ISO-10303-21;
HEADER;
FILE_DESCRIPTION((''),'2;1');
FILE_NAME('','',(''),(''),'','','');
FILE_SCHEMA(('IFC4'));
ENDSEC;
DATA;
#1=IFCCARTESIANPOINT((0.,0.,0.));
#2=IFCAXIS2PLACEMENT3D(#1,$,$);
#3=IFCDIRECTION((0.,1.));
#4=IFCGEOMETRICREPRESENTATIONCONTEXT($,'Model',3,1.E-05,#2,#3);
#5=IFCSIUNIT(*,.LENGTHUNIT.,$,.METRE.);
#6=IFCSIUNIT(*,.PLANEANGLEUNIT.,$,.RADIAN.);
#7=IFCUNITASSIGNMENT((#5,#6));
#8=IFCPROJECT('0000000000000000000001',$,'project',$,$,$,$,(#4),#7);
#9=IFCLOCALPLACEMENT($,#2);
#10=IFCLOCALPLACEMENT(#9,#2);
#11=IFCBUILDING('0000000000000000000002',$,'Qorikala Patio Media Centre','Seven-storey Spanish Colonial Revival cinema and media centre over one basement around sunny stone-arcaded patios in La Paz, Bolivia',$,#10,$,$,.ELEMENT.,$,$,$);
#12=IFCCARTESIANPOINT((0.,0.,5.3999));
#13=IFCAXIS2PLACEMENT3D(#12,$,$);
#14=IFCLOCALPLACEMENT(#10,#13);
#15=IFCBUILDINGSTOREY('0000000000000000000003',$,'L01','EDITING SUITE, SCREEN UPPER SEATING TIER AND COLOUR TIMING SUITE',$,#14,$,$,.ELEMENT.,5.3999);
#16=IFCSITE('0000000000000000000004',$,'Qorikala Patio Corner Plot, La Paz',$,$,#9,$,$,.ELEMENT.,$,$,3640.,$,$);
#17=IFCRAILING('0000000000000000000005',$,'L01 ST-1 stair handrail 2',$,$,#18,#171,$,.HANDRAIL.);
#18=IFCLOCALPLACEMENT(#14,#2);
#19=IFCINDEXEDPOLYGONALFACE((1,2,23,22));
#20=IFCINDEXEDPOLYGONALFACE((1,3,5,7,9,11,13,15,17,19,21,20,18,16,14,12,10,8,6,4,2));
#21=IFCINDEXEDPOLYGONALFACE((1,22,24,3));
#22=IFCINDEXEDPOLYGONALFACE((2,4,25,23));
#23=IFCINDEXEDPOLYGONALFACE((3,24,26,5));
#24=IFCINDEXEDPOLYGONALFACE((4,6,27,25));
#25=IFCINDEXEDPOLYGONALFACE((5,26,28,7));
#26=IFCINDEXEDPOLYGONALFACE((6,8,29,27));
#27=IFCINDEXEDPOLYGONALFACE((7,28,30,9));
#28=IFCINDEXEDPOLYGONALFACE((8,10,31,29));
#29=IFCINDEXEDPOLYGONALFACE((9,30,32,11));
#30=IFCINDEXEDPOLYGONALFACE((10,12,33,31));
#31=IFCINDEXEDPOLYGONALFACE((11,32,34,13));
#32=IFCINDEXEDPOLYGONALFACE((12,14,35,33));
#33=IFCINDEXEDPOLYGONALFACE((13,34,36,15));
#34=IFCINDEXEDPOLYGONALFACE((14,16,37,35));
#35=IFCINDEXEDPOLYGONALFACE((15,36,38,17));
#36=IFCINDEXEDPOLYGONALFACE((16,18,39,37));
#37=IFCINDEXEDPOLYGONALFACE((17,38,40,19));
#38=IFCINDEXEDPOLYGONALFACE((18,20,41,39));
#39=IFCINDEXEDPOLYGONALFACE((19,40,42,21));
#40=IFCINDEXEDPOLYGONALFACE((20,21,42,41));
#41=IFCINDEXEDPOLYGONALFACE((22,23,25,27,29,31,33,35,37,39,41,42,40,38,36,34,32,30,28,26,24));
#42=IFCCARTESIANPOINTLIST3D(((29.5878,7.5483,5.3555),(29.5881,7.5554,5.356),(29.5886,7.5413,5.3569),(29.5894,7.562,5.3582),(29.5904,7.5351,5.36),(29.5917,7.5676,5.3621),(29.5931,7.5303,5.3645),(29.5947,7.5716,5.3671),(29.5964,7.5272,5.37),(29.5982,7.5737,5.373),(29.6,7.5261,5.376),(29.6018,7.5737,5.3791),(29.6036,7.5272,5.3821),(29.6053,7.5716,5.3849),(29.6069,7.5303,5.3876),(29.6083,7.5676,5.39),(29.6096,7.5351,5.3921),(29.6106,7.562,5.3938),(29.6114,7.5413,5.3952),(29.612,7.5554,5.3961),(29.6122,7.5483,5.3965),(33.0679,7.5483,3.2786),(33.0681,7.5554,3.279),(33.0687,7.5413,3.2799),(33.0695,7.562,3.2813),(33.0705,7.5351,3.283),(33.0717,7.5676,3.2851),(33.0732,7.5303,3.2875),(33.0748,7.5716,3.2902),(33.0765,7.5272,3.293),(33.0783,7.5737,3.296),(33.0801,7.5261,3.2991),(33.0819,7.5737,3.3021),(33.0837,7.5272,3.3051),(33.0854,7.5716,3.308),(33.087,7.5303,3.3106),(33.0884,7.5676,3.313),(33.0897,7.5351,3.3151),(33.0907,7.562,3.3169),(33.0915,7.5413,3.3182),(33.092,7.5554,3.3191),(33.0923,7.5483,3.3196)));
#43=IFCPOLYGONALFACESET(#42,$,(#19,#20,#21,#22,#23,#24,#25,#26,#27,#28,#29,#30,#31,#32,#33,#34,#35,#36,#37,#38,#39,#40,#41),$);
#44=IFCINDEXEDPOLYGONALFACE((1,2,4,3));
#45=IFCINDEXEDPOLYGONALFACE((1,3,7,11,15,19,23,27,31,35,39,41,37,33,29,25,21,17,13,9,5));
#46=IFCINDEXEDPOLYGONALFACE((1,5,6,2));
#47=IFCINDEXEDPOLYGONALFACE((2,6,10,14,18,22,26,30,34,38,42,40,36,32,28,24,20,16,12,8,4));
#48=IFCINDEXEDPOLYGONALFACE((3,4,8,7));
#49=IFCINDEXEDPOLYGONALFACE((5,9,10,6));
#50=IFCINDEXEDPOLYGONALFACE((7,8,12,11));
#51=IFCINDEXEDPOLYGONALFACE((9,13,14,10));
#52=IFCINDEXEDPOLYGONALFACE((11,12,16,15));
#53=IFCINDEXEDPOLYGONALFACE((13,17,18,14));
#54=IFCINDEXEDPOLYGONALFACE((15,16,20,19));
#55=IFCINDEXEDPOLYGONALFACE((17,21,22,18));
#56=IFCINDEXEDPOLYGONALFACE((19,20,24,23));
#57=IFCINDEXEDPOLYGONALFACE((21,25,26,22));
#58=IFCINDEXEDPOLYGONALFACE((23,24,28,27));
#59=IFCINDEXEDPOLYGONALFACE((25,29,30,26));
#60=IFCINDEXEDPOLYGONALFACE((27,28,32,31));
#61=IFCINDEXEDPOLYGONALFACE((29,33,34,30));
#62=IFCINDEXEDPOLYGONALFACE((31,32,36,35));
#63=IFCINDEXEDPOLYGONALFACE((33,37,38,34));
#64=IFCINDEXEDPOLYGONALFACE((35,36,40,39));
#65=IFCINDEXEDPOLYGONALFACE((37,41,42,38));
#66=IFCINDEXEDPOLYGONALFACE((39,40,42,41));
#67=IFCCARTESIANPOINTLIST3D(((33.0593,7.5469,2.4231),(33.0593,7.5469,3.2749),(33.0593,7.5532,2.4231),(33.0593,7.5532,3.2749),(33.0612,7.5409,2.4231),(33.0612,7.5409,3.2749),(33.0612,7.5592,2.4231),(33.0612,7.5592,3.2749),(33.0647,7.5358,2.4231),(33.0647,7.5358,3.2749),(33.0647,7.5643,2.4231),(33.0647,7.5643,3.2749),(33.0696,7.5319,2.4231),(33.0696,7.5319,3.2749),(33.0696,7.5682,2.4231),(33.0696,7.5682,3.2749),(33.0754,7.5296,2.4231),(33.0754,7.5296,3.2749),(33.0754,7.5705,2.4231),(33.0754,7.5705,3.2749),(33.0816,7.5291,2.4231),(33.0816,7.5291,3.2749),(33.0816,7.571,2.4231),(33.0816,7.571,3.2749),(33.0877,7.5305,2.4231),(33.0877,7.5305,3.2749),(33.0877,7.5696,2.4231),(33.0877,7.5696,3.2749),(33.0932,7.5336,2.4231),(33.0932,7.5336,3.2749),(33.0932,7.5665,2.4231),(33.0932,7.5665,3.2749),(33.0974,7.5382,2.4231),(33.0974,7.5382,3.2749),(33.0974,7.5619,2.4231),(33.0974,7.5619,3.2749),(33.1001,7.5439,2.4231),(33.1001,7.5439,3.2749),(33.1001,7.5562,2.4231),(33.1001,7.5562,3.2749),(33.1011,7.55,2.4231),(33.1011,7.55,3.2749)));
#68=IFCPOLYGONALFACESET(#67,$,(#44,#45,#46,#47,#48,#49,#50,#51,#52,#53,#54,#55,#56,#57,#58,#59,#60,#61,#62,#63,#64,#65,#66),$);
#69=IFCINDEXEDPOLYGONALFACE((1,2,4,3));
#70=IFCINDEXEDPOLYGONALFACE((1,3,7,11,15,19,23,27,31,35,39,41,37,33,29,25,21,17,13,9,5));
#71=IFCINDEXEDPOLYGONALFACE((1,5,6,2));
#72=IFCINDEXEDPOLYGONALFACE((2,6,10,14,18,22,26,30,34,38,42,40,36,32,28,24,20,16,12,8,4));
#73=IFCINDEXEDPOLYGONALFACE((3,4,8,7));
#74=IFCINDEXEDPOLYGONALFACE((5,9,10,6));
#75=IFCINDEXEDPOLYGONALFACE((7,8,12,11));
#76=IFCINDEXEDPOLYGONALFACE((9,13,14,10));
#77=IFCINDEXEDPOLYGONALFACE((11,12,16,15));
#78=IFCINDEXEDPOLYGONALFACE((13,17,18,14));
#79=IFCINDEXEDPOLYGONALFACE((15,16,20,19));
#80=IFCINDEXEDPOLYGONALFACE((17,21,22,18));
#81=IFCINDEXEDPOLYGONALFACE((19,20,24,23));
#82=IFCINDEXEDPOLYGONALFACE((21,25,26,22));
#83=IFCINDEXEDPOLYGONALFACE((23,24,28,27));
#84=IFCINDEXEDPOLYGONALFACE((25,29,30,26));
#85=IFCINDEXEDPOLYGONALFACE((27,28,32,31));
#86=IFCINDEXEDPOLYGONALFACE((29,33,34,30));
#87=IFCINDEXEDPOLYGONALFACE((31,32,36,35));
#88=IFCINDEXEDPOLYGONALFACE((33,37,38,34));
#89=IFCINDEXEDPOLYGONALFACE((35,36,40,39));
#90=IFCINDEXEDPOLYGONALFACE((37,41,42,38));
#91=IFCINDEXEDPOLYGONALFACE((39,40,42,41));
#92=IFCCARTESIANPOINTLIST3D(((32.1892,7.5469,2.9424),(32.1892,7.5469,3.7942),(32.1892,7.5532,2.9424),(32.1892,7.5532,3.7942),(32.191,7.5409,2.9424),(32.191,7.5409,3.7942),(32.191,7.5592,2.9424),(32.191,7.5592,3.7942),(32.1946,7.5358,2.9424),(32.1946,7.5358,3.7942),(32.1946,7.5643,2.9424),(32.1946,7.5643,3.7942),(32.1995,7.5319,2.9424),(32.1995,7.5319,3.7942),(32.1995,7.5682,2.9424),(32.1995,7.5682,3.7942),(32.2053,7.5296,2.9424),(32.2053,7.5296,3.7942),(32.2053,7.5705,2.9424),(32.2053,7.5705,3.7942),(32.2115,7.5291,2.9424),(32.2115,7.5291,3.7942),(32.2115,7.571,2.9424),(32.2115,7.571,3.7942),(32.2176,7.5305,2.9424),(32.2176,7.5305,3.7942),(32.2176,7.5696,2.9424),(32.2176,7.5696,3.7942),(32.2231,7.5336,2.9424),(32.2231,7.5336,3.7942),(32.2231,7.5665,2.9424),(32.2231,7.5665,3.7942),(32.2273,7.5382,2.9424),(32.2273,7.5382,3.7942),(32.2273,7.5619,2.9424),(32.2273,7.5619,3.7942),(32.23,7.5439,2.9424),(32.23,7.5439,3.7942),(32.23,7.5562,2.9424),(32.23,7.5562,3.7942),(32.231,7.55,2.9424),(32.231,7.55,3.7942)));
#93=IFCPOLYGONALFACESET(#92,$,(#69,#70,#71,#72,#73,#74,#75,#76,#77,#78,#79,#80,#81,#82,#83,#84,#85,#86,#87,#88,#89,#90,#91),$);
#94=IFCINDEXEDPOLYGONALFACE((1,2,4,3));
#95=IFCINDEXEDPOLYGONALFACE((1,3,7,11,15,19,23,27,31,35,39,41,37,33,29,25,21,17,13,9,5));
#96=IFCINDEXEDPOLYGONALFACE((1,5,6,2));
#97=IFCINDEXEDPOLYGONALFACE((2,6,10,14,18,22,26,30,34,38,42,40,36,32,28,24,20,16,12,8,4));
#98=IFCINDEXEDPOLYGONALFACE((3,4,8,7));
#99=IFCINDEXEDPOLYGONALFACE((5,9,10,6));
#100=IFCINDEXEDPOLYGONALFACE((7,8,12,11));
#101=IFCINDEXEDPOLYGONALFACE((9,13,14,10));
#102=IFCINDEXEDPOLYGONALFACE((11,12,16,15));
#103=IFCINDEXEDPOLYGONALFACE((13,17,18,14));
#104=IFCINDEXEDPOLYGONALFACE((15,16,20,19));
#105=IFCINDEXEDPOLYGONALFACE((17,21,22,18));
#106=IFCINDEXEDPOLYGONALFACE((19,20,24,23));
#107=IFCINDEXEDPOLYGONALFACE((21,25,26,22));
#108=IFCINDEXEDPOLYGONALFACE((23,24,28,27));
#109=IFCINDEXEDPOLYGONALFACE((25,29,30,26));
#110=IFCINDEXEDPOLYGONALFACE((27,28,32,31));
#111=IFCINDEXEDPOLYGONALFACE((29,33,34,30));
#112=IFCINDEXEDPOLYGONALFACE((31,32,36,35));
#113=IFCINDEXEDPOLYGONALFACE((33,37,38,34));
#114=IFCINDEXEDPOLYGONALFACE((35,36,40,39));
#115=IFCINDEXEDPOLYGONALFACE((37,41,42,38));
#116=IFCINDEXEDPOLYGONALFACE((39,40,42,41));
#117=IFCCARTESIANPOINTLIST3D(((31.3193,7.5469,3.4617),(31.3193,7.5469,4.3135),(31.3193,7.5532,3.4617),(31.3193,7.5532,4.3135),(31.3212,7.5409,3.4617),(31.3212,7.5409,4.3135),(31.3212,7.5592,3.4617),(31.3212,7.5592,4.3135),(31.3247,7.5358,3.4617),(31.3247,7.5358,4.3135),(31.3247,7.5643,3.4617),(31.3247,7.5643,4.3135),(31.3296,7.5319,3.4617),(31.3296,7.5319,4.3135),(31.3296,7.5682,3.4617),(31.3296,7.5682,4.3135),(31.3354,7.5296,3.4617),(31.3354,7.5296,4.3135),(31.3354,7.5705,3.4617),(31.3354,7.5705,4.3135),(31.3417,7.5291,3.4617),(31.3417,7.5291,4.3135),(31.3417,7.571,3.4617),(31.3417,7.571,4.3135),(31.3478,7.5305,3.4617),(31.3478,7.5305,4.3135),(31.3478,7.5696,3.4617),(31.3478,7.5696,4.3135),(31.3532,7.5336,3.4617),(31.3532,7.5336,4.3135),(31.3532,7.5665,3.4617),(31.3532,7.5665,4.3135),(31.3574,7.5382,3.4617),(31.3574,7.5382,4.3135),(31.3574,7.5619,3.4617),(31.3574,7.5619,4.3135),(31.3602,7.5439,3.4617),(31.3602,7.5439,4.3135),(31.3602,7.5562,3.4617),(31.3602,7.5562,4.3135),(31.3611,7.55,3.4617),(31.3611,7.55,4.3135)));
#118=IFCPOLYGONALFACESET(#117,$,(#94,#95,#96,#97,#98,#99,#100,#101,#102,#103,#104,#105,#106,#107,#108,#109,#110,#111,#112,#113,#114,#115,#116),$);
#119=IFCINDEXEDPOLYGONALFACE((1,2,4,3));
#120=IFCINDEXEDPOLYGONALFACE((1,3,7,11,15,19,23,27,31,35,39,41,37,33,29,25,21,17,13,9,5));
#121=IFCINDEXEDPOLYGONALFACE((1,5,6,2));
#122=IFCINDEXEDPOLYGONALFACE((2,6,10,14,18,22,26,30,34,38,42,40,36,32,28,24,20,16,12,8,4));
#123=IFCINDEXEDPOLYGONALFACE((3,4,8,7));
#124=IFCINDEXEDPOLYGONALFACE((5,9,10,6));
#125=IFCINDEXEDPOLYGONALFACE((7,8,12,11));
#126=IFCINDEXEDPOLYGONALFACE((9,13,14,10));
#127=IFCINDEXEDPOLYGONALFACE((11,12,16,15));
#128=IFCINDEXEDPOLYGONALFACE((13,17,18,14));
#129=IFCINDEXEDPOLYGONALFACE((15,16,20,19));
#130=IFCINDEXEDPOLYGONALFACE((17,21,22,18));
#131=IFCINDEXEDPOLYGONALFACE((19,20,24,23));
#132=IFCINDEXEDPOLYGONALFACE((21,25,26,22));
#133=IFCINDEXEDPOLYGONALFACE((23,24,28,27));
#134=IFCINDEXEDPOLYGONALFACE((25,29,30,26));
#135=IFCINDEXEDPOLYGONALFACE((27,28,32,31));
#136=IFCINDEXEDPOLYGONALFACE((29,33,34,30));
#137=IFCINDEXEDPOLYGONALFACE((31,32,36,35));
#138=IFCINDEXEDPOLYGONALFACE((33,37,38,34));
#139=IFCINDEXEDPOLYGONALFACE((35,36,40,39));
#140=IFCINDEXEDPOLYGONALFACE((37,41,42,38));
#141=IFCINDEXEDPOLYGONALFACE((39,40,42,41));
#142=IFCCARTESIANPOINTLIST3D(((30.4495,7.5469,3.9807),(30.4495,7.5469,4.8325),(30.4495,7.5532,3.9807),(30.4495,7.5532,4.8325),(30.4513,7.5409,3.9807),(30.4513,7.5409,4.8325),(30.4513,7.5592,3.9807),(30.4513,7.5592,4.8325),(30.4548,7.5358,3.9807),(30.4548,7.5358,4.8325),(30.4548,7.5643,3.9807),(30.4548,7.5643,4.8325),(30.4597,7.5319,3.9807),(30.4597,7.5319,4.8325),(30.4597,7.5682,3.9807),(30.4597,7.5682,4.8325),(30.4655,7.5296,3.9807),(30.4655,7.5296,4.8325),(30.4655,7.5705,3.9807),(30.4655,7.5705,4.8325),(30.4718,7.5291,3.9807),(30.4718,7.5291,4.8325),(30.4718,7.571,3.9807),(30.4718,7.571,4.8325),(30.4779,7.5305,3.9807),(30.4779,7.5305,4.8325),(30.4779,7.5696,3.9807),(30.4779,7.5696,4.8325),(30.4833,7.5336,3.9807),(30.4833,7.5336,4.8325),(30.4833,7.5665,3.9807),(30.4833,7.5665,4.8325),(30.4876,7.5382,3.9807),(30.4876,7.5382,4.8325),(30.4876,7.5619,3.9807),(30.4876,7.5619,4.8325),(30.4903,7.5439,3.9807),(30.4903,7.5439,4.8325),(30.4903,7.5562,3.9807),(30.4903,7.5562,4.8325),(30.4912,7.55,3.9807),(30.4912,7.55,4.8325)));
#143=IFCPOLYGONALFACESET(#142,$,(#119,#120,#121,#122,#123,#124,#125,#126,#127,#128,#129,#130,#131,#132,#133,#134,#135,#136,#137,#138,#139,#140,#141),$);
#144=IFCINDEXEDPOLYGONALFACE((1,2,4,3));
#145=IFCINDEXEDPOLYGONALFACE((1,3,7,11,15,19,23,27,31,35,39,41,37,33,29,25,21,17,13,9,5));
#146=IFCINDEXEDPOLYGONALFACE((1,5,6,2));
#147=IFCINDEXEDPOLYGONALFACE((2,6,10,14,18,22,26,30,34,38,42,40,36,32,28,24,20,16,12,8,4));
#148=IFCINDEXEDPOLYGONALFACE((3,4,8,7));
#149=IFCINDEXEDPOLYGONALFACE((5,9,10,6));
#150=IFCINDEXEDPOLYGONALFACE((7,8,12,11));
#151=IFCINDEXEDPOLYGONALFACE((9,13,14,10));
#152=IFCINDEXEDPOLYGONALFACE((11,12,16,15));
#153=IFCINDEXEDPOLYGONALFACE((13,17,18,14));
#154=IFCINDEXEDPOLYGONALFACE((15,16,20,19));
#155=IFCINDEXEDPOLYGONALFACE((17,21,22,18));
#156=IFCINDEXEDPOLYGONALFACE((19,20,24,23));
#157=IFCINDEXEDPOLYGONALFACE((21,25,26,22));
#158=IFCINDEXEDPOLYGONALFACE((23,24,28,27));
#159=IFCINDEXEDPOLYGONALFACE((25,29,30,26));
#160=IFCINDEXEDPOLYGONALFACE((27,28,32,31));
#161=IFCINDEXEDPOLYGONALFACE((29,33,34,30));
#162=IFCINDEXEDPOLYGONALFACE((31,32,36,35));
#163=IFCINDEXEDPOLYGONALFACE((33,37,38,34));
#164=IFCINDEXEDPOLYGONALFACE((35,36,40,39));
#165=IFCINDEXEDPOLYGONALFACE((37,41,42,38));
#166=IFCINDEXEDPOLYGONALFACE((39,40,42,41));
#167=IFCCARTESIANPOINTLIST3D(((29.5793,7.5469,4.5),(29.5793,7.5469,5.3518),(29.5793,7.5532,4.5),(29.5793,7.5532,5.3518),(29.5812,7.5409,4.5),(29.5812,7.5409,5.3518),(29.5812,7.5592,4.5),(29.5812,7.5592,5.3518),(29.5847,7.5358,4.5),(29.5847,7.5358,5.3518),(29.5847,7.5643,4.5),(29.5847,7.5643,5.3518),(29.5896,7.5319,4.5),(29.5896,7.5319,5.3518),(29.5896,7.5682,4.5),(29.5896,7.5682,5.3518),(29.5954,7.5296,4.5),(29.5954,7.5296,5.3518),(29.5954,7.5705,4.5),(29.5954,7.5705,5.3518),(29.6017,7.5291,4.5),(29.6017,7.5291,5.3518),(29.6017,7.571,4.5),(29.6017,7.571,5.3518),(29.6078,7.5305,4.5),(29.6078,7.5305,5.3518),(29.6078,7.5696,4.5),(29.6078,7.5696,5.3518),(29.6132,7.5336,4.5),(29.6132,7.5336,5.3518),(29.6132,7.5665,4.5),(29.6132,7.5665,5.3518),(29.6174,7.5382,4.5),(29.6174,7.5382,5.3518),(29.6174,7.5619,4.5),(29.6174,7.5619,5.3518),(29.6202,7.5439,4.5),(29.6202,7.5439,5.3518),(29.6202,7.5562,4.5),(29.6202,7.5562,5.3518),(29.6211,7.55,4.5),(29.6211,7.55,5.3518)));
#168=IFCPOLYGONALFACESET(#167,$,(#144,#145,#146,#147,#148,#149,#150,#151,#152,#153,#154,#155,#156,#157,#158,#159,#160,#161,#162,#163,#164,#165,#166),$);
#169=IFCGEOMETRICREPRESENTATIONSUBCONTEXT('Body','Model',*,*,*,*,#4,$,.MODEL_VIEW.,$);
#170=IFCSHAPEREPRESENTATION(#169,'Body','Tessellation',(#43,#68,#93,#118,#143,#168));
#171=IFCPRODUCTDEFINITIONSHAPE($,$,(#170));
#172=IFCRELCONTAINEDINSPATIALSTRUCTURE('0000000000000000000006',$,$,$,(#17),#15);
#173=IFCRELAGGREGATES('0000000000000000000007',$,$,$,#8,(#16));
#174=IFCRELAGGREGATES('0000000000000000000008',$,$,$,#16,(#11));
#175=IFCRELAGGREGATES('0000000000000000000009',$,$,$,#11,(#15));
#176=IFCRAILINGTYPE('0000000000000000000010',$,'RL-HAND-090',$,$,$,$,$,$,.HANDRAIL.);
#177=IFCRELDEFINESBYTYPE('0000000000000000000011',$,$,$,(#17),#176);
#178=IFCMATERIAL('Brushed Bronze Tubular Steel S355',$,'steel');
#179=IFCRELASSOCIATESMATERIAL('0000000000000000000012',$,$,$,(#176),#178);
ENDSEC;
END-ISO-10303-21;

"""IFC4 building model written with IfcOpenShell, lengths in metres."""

from ifc_helpers import new_model, si_unit, direction, frame, origin, origin_2d, place, context, subcontext, project, spatial, circle, extrude, material, type_object, element, save


model = new_model("IFC4")

# Units and contexts
model_context = context("Model", 3, precision=1e-05, world=origin(), true_north=direction((0.0, 1.0)))
body_context = subcontext(model_context, "Body", "Model", "MODEL_VIEW")
ifc_project = project(units=[si_unit("LENGTHUNIT", "METRE"), si_unit("PLANEANGLEUNIT", "RADIAN")], contexts=[model_context])

# Site, building, storey
site_placement = place(None, origin())
site = spatial("IfcSite", under=ifc_project, at=site_placement, Name="Qorikala Patio Corner Plot, La Paz", CompositionType="ELEMENT", RefElevation=3640.0)
building_placement = place(site_placement, origin())
building = spatial("IfcBuilding", under=site, at=building_placement, Name="Qorikala Patio Media Centre", Description="Seven-storey Spanish Colonial Revival cinema and media centre over one basement around sunny stone-arcaded patios in La Paz, Bolivia", CompositionType="ELEMENT")
storey_placement = place(building_placement, frame((0.0, 0.0, 5.3999)))
storey = spatial("IfcBuildingStorey", under=building, at=storey_placement, Name="L01", Description="EDITING SUITE, SCREEN UPPER SEATING TIER AND COLOUR TIMING SUITE", CompositionType="ELEMENT", Elevation=5.3999)

# Railing
ifc_material_1 = material(Name="Brushed Bronze Tubular Steel S355", Category="steel")
railing_type_1 = type_object("IfcRailingType", Name="RL-HAND-090", PredefinedType="HANDRAIL", material=ifc_material_1)
railing_1_placement = place(storey_placement, frame((33.0801, 7.55, 2.4231)))
element("IfcRailing", 1, at=railing_1_placement, inside=storey, type_object=railing_type_1, Name="L01 ST-1 stair handrail 2", PredefinedType="HANDRAIL", context=body_context, shape_type="SweptSolid", body=[
    extrude(circle(Radius=0.0239, at=origin_2d()), frame((0.0, 0.0, 0.876), z_axis=(-0.858697, 0.0, 0.512483), x_axis=(0.0, -1.0, 0.0)), (0.0, 0.0, 1.0), 4.0527),
    extrude(circle(Radius=0.021, at=origin_2d()), origin(), (0.0, 0.0, 1.0), 0.8518),
    extrude(circle(Radius=0.021, at=origin_2d()), frame((-0.8701, 0.0, 0.5193)), (0.0, 0.0, 1.0), 0.8518),
    extrude(circle(Radius=0.021, at=origin_2d()), frame((-1.74, 0.0, 1.0386)), (0.0, 0.0, 1.0), 0.8518),
    extrude(circle(Radius=0.021, at=origin_2d()), frame((-2.6099, 0.0, 1.5576)), (0.0, 0.0, 1.0), 0.8518),
    extrude(circle(Radius=0.021, at=origin_2d()), frame((-3.48, 0.0, 2.0769)), (0.0, 0.0, 1.0), 0.8518),
])

save(model, "model.ifc")
